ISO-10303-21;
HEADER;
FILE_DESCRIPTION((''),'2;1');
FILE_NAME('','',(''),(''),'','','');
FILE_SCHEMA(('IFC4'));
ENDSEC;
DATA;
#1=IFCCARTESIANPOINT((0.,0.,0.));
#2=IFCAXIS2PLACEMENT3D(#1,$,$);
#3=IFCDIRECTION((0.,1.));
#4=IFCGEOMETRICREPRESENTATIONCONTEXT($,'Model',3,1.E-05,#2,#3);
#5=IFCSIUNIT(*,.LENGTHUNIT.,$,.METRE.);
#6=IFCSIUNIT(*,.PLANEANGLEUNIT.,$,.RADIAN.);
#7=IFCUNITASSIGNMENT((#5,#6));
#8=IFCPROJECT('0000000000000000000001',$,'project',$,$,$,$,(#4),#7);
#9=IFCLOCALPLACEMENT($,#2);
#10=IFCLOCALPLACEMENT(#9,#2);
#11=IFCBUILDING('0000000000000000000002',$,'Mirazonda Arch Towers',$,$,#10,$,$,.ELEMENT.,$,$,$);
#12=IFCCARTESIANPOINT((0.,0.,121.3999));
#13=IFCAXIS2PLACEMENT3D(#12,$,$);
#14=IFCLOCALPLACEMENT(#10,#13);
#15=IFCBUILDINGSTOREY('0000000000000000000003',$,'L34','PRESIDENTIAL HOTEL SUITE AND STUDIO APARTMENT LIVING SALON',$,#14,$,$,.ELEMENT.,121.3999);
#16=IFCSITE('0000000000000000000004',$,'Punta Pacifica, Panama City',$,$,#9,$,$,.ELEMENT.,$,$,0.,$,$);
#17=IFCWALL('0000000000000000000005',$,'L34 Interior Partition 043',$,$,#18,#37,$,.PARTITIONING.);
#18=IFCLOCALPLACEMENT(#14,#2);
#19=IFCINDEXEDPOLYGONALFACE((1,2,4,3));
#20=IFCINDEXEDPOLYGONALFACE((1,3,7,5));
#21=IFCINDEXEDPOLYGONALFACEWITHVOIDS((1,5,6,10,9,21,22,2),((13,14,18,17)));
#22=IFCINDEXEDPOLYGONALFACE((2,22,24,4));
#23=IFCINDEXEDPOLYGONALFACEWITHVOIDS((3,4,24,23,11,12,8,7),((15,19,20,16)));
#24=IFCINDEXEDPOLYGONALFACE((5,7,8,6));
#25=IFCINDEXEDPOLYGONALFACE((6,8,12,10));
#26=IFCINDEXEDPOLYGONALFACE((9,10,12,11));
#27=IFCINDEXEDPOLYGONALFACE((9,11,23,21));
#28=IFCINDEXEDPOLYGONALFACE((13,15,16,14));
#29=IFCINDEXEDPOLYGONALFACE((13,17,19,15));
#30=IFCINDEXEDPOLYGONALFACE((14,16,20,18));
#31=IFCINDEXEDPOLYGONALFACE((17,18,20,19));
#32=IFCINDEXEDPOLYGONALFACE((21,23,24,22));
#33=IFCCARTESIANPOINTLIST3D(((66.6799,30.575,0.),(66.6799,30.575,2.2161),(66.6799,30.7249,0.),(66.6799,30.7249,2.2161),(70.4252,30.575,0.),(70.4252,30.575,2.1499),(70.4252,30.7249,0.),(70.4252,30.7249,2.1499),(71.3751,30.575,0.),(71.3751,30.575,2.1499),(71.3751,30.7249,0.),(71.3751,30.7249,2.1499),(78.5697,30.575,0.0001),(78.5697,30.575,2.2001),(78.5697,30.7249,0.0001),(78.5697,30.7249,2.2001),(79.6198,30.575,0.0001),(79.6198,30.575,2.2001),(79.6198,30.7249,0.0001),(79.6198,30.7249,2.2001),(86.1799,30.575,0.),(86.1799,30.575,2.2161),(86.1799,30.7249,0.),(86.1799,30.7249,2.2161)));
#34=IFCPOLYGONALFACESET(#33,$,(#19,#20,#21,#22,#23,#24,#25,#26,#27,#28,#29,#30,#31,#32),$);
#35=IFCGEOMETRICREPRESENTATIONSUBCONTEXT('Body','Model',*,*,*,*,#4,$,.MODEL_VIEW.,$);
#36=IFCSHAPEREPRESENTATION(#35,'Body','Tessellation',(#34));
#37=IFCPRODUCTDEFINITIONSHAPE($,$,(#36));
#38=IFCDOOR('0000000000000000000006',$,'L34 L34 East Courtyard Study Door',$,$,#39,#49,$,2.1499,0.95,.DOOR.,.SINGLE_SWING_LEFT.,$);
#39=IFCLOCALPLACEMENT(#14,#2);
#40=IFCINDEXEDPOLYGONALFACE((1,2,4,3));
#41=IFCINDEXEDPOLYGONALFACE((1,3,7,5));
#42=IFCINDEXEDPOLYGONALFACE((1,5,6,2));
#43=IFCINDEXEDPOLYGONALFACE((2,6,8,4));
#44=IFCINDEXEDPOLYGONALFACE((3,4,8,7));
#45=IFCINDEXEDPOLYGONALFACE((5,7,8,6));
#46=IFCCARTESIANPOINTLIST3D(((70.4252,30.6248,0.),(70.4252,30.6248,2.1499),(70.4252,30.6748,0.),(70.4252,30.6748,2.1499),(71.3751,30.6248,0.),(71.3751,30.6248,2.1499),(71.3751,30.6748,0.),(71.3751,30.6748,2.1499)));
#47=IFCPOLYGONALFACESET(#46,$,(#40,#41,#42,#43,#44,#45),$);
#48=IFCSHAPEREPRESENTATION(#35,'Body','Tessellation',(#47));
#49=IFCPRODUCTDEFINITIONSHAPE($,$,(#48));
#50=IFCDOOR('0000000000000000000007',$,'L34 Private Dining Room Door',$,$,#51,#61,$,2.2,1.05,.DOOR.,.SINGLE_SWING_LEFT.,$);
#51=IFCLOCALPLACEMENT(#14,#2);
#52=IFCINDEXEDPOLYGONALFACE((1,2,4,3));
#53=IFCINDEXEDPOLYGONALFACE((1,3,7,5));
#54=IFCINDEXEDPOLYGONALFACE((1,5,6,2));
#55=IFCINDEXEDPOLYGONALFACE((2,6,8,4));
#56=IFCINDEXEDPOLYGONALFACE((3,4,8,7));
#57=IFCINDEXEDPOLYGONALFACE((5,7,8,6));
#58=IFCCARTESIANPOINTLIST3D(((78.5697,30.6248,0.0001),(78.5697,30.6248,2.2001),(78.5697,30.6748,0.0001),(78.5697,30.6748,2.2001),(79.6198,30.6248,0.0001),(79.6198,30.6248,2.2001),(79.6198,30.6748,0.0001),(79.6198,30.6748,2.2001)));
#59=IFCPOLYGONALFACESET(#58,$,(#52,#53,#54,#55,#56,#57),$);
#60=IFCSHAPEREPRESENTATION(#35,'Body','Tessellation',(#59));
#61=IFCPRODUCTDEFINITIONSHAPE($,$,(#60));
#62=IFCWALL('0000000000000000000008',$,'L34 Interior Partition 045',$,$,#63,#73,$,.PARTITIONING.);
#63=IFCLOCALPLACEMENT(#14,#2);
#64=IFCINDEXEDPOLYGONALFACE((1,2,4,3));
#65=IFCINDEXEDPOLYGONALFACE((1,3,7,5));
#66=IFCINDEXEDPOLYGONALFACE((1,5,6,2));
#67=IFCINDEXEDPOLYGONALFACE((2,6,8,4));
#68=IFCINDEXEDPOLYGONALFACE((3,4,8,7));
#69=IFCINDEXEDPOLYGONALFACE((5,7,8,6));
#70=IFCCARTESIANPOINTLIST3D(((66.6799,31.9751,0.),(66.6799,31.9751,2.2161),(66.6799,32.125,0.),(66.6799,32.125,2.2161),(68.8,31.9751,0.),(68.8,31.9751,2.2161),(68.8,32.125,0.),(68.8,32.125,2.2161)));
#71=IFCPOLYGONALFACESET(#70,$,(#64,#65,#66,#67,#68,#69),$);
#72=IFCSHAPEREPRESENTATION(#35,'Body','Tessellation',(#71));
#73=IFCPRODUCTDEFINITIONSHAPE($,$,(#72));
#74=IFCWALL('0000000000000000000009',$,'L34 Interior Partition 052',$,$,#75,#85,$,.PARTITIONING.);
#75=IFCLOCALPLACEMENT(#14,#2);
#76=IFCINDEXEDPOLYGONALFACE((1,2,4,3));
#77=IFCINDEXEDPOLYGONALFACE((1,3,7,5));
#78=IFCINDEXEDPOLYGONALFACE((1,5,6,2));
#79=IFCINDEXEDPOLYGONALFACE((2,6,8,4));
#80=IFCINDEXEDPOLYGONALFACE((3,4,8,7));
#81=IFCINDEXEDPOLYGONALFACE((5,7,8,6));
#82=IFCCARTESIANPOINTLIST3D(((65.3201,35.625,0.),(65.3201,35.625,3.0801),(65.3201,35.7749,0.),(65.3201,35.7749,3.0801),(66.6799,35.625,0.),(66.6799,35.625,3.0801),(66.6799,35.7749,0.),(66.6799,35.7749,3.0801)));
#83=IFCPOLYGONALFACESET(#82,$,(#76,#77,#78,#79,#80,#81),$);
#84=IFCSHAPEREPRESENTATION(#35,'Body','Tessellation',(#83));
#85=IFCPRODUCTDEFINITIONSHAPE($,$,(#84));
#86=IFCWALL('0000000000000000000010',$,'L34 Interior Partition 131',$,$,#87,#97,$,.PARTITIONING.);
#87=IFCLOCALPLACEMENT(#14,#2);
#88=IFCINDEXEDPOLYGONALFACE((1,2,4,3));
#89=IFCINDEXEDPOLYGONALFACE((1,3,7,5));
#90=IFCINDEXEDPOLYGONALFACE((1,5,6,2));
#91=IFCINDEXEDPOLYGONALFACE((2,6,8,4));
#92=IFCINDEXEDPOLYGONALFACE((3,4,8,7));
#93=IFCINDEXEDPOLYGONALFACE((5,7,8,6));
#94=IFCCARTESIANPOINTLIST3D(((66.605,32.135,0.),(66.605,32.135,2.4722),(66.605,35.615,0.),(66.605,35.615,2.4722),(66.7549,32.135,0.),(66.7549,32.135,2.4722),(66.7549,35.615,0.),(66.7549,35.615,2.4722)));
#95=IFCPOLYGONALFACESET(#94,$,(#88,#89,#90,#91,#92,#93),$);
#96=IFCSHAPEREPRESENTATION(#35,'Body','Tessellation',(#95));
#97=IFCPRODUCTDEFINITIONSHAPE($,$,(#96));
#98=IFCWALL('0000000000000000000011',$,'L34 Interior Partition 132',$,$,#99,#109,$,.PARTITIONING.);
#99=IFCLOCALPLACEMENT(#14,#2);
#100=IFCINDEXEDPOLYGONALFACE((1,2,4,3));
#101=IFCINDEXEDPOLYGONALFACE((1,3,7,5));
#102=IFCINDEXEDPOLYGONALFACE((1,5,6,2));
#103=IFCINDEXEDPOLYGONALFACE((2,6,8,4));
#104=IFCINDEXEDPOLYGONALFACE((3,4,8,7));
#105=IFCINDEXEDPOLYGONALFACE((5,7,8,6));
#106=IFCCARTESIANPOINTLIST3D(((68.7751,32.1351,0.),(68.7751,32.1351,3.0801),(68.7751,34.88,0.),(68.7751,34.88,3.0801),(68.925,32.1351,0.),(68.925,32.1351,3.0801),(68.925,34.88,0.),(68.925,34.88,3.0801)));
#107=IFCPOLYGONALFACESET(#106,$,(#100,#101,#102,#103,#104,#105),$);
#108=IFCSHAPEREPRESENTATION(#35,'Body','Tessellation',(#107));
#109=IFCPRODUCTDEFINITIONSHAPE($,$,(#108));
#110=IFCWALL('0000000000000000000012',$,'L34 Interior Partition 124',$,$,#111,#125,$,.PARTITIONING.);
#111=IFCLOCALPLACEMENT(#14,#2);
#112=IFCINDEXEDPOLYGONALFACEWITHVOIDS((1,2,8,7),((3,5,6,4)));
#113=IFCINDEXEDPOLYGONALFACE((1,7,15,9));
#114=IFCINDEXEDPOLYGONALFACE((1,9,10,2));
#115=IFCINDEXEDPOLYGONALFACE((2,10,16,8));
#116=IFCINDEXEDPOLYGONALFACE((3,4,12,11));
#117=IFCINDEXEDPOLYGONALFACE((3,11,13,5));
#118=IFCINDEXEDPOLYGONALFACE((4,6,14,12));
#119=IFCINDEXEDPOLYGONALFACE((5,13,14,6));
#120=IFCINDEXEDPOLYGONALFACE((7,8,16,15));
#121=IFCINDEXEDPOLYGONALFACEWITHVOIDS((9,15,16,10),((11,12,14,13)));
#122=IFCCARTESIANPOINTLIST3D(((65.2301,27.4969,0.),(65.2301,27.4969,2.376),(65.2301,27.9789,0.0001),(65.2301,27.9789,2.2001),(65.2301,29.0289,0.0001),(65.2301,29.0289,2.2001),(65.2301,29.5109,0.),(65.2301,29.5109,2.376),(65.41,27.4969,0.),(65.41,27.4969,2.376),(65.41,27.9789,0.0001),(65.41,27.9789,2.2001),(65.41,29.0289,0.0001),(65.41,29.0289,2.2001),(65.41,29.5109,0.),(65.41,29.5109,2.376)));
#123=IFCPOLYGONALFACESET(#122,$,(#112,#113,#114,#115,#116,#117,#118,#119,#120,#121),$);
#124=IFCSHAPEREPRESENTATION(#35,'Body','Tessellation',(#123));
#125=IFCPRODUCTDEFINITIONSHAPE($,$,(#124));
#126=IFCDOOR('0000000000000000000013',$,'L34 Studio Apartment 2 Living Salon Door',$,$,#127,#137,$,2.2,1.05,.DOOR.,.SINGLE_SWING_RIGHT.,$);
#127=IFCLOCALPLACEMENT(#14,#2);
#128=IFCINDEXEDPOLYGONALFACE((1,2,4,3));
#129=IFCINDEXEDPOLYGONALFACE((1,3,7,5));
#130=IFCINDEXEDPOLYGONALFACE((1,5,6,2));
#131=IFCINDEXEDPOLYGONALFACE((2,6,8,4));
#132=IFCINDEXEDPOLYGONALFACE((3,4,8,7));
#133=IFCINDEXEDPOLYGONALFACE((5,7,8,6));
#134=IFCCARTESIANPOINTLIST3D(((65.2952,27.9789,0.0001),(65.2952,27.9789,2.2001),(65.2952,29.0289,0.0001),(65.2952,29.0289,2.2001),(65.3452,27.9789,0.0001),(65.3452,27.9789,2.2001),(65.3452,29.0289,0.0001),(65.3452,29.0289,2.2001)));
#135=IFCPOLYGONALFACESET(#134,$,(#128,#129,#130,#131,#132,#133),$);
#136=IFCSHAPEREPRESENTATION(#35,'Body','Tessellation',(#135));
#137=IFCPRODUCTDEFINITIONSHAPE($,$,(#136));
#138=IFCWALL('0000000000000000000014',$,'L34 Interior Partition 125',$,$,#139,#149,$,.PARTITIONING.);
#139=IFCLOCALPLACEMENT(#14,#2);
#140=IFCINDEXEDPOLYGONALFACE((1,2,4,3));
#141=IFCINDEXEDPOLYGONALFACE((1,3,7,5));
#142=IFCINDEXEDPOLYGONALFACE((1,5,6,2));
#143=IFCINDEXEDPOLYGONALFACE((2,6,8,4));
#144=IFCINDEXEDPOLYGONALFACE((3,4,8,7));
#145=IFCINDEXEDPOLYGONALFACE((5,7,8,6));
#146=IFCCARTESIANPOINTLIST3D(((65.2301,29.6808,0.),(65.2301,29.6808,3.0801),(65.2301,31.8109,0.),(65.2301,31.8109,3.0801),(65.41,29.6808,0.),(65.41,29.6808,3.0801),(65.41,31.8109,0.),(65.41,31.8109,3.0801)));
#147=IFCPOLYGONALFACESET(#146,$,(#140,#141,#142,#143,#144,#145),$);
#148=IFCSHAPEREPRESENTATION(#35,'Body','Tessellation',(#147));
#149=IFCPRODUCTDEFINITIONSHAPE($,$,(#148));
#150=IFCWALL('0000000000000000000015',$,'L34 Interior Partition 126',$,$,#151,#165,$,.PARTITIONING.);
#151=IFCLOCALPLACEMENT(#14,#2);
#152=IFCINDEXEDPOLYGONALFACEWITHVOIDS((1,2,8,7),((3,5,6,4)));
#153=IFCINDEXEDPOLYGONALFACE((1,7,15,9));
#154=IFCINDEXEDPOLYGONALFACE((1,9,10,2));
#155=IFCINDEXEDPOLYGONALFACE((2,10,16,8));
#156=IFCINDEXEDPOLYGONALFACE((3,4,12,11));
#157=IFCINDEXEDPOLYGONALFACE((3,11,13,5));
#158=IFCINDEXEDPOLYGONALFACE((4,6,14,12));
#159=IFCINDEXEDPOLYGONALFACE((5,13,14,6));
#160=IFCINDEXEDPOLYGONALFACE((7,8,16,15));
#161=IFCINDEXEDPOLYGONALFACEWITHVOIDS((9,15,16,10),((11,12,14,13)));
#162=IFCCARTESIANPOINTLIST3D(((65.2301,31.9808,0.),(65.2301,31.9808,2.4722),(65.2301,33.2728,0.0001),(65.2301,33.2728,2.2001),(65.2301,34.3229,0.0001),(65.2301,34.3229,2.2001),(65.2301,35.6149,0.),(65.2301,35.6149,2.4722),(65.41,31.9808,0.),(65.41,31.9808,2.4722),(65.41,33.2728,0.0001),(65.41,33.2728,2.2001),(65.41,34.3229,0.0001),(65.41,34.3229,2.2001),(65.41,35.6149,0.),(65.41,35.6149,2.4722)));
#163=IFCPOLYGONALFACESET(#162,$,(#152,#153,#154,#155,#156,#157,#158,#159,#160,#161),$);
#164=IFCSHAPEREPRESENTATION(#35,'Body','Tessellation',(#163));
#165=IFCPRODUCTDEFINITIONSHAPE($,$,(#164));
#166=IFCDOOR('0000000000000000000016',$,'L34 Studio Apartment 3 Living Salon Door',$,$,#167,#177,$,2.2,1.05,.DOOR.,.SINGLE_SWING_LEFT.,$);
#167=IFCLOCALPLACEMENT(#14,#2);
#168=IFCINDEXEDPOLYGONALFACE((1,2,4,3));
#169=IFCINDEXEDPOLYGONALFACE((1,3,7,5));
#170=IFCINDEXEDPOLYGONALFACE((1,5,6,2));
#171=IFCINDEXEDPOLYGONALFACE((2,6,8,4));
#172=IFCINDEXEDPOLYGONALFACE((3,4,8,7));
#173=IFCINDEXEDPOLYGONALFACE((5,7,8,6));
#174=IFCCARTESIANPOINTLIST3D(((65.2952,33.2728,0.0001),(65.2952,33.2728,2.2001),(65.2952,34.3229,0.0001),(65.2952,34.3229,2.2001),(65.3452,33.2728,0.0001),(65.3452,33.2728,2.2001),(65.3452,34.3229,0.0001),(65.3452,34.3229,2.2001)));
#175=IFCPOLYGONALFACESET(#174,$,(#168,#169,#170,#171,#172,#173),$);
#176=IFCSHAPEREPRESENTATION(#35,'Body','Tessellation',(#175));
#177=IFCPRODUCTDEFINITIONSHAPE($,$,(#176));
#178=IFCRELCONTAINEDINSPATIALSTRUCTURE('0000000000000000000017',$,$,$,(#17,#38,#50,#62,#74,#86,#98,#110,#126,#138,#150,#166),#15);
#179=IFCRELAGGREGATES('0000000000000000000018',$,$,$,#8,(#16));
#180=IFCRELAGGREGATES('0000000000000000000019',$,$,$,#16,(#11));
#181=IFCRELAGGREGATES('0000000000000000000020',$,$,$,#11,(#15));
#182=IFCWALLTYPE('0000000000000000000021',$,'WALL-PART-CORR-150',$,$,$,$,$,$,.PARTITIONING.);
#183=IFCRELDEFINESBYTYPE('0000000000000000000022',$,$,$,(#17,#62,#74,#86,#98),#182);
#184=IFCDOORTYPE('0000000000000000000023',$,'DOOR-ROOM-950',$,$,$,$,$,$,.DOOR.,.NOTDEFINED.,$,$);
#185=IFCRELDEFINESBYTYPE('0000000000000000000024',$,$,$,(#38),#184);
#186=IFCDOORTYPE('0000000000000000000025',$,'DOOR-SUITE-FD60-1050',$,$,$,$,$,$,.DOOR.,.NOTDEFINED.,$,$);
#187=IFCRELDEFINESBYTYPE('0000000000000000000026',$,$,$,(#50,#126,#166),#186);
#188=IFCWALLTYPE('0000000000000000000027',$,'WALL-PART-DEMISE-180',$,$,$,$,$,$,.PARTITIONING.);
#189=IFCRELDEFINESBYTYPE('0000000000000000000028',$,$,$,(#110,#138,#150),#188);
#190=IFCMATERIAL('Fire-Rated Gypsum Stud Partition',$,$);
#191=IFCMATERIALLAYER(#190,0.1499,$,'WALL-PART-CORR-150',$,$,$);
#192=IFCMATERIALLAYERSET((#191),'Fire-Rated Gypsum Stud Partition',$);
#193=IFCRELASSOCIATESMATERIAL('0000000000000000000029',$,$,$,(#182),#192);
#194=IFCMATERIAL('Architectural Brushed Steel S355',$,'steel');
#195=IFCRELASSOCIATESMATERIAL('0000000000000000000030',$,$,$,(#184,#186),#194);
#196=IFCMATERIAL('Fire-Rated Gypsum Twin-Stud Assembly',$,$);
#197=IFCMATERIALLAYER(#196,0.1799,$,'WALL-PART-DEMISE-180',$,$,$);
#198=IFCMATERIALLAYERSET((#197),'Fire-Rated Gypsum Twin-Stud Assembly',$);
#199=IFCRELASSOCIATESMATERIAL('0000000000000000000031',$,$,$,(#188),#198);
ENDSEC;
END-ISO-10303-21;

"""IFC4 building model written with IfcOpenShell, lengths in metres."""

from ifc_helpers import new_model, si_unit, direction, frame, frame_2d, origin, place, context, subcontext, project, spatial, rectangle, extrude, material, layer, layer_set, type_object, element, fill, save


model = new_model("IFC4")

# Units and contexts
model_context = context("Model", 3, precision=1e-05, world=origin(), true_north=direction((0.0, 1.0)))
body_context = subcontext(model_context, "Body", "Model", "MODEL_VIEW")
ifc_project = project(units=[si_unit("LENGTHUNIT", "METRE"), si_unit("PLANEANGLEUNIT", "RADIAN")], contexts=[model_context])

# Site, building, storey
site_placement = place(None, origin())
site = spatial("IfcSite", under=ifc_project, at=site_placement, Name="Punta Pacifica, Panama City", CompositionType="ELEMENT", RefElevation=0.0)
building_placement = place(site_placement, origin())
building = spatial("IfcBuilding", under=site, at=building_placement, Name="Mirazonda Arch Towers", CompositionType="ELEMENT")
storey_placement = place(building_placement, frame((0.0, 0.0, 121.3999)))
storey = spatial("IfcBuildingStorey", under=building, at=storey_placement, Name="L34", Description="PRESIDENTIAL HOTEL SUITE AND STUDIO APARTMENT LIVING SALON", CompositionType="ELEMENT", Elevation=121.3999)

# Wall, openings, doors
ifc_material_1 = material(Name="Architectural Brushed Steel S355", Category="steel")
ifc_material_2 = material(Name="Fire-Rated Gypsum Stud Partition")
ifc_layer_1 = layer(ifc_material_2, 0.1499, Name="WALL-PART-CORR-150")
ifc_layer_set_1 = layer_set([ifc_layer_1], Name="Fire-Rated Gypsum Stud Partition")
wall_type_1 = type_object("IfcWallType", Name="WALL-PART-CORR-150", PredefinedType="PARTITIONING", material=ifc_layer_set_1)
wall_1_placement = place(storey_placement, frame((66.6799, 30.6499, 0.0), z_axis=(0.0, 0.0, 1.0), x_axis=(1.0, 0.0, 0.0)))
wall_1 = element("IfcWall", 1, at=wall_1_placement, inside=storey, type_object=wall_type_1, Name="L34 Interior Partition 043", PredefinedType="PARTITIONING", context=body_context, shape_type="SweptSolid", body=[
    extrude(rectangle(XDim=19.5, YDim=0.1499, at=frame_2d((9.75, 0.0))), origin(), (0.0, 0.0, 1.0), 2.2161),
])
opening_1_placement = place(wall_1_placement, frame((3.7451, 0.0, 0.0)))
opening_1 = element("IfcOpeningElement", 2, at=opening_1_placement, cuts=wall_1, PredefinedType="OPENING", context=body_context, shape_type="SweptSolid", body=[
    extrude(rectangle(XDim=0.95, YDim=2.1499, at=frame_2d((0.4751, 1.075))), frame((0.0, 0.085, 0.0), z_axis=(0.0, -1.0, 0.0), x_axis=(1.0, 0.0, 0.0)), (0.0, 0.0, 1.0), 0.1699),
])
opening_2_placement = place(wall_1_placement, frame((11.8899, 0.0, 0.0)))
opening_2 = element("IfcOpeningElement", 3, at=opening_2_placement, cuts=wall_1, PredefinedType="OPENING", context=body_context, shape_type="SweptSolid", body=[
    extrude(rectangle(XDim=1.05, YDim=2.2, at=frame_2d((0.5249, 1.1001))), frame((0.0, 0.085, 0.0), z_axis=(0.0, -1.0, 0.0), x_axis=(1.0, 0.0, 0.0)), (0.0, 0.0, 1.0), 0.1699),
])
door_type_1 = type_object("IfcDoorType", Name="DOOR-ROOM-950", OperationType="NOTDEFINED", PredefinedType="DOOR", material=ifc_material_1)
door_1_placement = place(opening_1_placement, origin())
door_1 = element("IfcDoor", 4, at=door_1_placement, inside=storey, type_object=door_type_1, Name="L34 L34 East Courtyard Study Door", OperationType="SINGLE_SWING_LEFT", OverallHeight=2.1499, OverallWidth=0.95, PredefinedType="DOOR", context=body_context, shape_type="SweptSolid", body=[
    extrude(rectangle(XDim=0.95, YDim=2.1499, at=frame_2d((0.4751, 1.075))), frame((0.0, 0.0249, 0.0), z_axis=(0.0, -1.0, 0.0), x_axis=(1.0, 0.0, 0.0)), (0.0, 0.0, 1.0), 0.05),
])
fill(opening_1, door_1)
door_type_2 = type_object("IfcDoorType", Name="DOOR-SUITE-FD60-1050", OperationType="NOTDEFINED", PredefinedType="DOOR", material=ifc_material_1)
door_2_placement = place(opening_2_placement, origin())
door_2 = element("IfcDoor", 5, at=door_2_placement, inside=storey, type_object=door_type_2, Name="L34 Private Dining Room Door", OperationType="SINGLE_SWING_LEFT", OverallHeight=2.2, OverallWidth=1.05, PredefinedType="DOOR", context=body_context, shape_type="SweptSolid", body=[
    extrude(rectangle(XDim=1.05, YDim=2.2, at=frame_2d((0.5249, 1.1001))), frame((0.0, 0.0249, 0.0), z_axis=(0.0, -1.0, 0.0), x_axis=(1.0, 0.0, 0.0)), (0.0, 0.0, 1.0), 0.05),
])
fill(opening_2, door_2)

# Walls
wall_2_placement = place(storey_placement, frame((66.6799, 32.05, 0.0), z_axis=(0.0, 0.0, 1.0), x_axis=(1.0, 0.0, 0.0)))
element("IfcWall", 6, at=wall_2_placement, inside=storey, type_object=wall_type_1, Name="L34 Interior Partition 045", PredefinedType="PARTITIONING", context=body_context, shape_type="SweptSolid", body=[
    extrude(rectangle(XDim=2.1201, YDim=0.1499, at=frame_2d((1.0601, 0.0))), origin(), (0.0, 0.0, 1.0), 2.2161),
])
wall_3_placement = place(storey_placement, frame((65.3201, 35.7, 0.0), z_axis=(0.0, 0.0, 1.0), x_axis=(1.0, 0.0, 0.0)))
element("IfcWall", 7, at=wall_3_placement, inside=storey, type_object=wall_type_1, Name="L34 Interior Partition 052", PredefinedType="PARTITIONING", context=body_context, shape_type="SweptSolid", body=[
    extrude(rectangle(XDim=1.3599, YDim=0.1499, at=frame_2d((0.6799, 0.0))), origin(), (0.0, 0.0, 1.0), 3.0801),
])
wall_4_placement = place(storey_placement, frame((66.6799, 32.135, 0.0), z_axis=(0.0, 0.0, 1.0), x_axis=(0.0, 1.0, 0.0)))
element("IfcWall", 8, at=wall_4_placement, inside=storey, type_object=wall_type_1, Name="L34 Interior Partition 131", PredefinedType="PARTITIONING", context=body_context, shape_type="SweptSolid", body=[
    extrude(rectangle(XDim=3.48, YDim=0.1499, at=frame_2d((1.74, 0.0))), origin(), (0.0, 0.0, 1.0), 2.4722),
])
wall_5_placement = place(storey_placement, frame((68.8501, 32.135, 0.0), z_axis=(0.0, 0.0, 1.0), x_axis=(0.0, 1.0, 0.0)))
element("IfcWall", 9, at=wall_5_placement, inside=storey, type_object=wall_type_1, Name="L34 Interior Partition 132", PredefinedType="PARTITIONING", context=body_context, shape_type="SweptSolid", body=[
    extrude(rectangle(XDim=2.7449, YDim=0.1499, at=frame_2d((1.3726, 0.0))), origin(), (0.0, 0.0, 1.0), 3.0801),
])

# Wall, opening, door
ifc_material_3 = material(Name="Fire-Rated Gypsum Twin-Stud Assembly")
ifc_layer_2 = layer(ifc_material_3, 0.1799, Name="WALL-PART-DEMISE-180")
ifc_layer_set_2 = layer_set([ifc_layer_2], Name="Fire-Rated Gypsum Twin-Stud Assembly")
wall_type_2 = type_object("IfcWallType", Name="WALL-PART-DEMISE-180", PredefinedType="PARTITIONING", material=ifc_layer_set_2)
wall_6_placement = place(storey_placement, frame((65.3201, 27.4971, 0.0), z_axis=(0.0, 0.0, 1.0), x_axis=(0.0, 1.0, 0.0)))
wall_6 = element("IfcWall", 10, at=wall_6_placement, inside=storey, type_object=wall_type_2, Name="L34 Interior Partition 124", PredefinedType="PARTITIONING", context=body_context, shape_type="SweptSolid", body=[
    extrude(rectangle(XDim=2.0139, YDim=0.1799, at=frame_2d((1.0068, 0.0))), origin(), (0.0, 0.0, 1.0), 2.376),
])
opening_3_placement = place(wall_6_placement, frame((0.4819, 0.0, 0.0)))
opening_3 = element("IfcOpeningElement", 11, at=opening_3_placement, cuts=wall_6, PredefinedType="OPENING", context=body_context, shape_type="SweptSolid", body=[
    extrude(rectangle(XDim=1.05, YDim=2.2, at=frame_2d((0.5249, 1.1001))), frame((0.0, 0.0999, 0.0), z_axis=(0.0, -1.0, 0.0), x_axis=(1.0, 0.0, 0.0)), (0.0, 0.0, 1.0), 0.2),
])
door_3_placement = place(opening_3_placement, origin())
door_3 = element("IfcDoor", 12, at=door_3_placement, inside=storey, type_object=door_type_2, Name="L34 Studio Apartment 2 Living Salon Door", OperationType="SINGLE_SWING_RIGHT", OverallHeight=2.2, OverallWidth=1.05, PredefinedType="DOOR", context=body_context, shape_type="SweptSolid", body=[
    extrude(rectangle(XDim=1.05, YDim=2.2, at=frame_2d((0.5249, 1.1001))), frame((0.0, 0.0249, 0.0), z_axis=(0.0, -1.0, 0.0), x_axis=(1.0, 0.0, 0.0)), (0.0, 0.0, 1.0), 0.05),
])
fill(opening_3, door_3)

# Wall
wall_7_placement = place(storey_placement, frame((65.3201, 29.6809, 0.0), z_axis=(0.0, 0.0, 1.0), x_axis=(0.0, 1.0, 0.0)))
element("IfcWall", 13, at=wall_7_placement, inside=storey, type_object=wall_type_2, Name="L34 Interior Partition 125", PredefinedType="PARTITIONING", context=body_context, shape_type="SweptSolid", body=[
    extrude(rectangle(XDim=2.1301, YDim=0.1799, at=frame_2d((1.0649, 0.0))), origin(), (0.0, 0.0, 1.0), 3.0801),
])

# Wall, opening, door
wall_8_placement = place(storey_placement, frame((65.3201, 31.981, 0.0), z_axis=(0.0, 0.0, 1.0), x_axis=(0.0, 1.0, 0.0)))
wall_8 = element("IfcWall", 14, at=wall_8_placement, inside=storey, type_object=wall_type_2, Name="L34 Interior Partition 126", PredefinedType="PARTITIONING", context=body_context, shape_type="SweptSolid", body=[
    extrude(rectangle(XDim=3.634, YDim=0.1799, at=frame_2d((1.8169, 0.0))), origin(), (0.0, 0.0, 1.0), 2.4722),
])
opening_4_placement = place(wall_8_placement, frame((1.292, 0.0, 0.0)))
opening_4 = element("IfcOpeningElement", 15, at=opening_4_placement, cuts=wall_8, PredefinedType="OPENING", context=body_context, shape_type="SweptSolid", body=[
    extrude(rectangle(XDim=1.05, YDim=2.2, at=frame_2d((0.5249, 1.1001))), frame((0.0, 0.0999, 0.0), z_axis=(0.0, -1.0, 0.0), x_axis=(1.0, 0.0, 0.0)), (0.0, 0.0, 1.0), 0.2),
])
door_4_placement = place(opening_4_placement, origin())
door_4 = element("IfcDoor", 16, at=door_4_placement, inside=storey, type_object=door_type_2, Name="L34 Studio Apartment 3 Living Salon Door", OperationType="SINGLE_SWING_LEFT", OverallHeight=2.2, OverallWidth=1.05, PredefinedType="DOOR", context=body_context, shape_type="SweptSolid", body=[
    extrude(rectangle(XDim=1.05, YDim=2.2, at=frame_2d((0.5249, 1.1001))), frame((0.0, 0.0249, 0.0), z_axis=(0.0, -1.0, 0.0), x_axis=(1.0, 0.0, 0.0)), (0.0, 0.0, 1.0), 0.05),
])
fill(opening_4, door_4)

save(model, "model.ifc")
